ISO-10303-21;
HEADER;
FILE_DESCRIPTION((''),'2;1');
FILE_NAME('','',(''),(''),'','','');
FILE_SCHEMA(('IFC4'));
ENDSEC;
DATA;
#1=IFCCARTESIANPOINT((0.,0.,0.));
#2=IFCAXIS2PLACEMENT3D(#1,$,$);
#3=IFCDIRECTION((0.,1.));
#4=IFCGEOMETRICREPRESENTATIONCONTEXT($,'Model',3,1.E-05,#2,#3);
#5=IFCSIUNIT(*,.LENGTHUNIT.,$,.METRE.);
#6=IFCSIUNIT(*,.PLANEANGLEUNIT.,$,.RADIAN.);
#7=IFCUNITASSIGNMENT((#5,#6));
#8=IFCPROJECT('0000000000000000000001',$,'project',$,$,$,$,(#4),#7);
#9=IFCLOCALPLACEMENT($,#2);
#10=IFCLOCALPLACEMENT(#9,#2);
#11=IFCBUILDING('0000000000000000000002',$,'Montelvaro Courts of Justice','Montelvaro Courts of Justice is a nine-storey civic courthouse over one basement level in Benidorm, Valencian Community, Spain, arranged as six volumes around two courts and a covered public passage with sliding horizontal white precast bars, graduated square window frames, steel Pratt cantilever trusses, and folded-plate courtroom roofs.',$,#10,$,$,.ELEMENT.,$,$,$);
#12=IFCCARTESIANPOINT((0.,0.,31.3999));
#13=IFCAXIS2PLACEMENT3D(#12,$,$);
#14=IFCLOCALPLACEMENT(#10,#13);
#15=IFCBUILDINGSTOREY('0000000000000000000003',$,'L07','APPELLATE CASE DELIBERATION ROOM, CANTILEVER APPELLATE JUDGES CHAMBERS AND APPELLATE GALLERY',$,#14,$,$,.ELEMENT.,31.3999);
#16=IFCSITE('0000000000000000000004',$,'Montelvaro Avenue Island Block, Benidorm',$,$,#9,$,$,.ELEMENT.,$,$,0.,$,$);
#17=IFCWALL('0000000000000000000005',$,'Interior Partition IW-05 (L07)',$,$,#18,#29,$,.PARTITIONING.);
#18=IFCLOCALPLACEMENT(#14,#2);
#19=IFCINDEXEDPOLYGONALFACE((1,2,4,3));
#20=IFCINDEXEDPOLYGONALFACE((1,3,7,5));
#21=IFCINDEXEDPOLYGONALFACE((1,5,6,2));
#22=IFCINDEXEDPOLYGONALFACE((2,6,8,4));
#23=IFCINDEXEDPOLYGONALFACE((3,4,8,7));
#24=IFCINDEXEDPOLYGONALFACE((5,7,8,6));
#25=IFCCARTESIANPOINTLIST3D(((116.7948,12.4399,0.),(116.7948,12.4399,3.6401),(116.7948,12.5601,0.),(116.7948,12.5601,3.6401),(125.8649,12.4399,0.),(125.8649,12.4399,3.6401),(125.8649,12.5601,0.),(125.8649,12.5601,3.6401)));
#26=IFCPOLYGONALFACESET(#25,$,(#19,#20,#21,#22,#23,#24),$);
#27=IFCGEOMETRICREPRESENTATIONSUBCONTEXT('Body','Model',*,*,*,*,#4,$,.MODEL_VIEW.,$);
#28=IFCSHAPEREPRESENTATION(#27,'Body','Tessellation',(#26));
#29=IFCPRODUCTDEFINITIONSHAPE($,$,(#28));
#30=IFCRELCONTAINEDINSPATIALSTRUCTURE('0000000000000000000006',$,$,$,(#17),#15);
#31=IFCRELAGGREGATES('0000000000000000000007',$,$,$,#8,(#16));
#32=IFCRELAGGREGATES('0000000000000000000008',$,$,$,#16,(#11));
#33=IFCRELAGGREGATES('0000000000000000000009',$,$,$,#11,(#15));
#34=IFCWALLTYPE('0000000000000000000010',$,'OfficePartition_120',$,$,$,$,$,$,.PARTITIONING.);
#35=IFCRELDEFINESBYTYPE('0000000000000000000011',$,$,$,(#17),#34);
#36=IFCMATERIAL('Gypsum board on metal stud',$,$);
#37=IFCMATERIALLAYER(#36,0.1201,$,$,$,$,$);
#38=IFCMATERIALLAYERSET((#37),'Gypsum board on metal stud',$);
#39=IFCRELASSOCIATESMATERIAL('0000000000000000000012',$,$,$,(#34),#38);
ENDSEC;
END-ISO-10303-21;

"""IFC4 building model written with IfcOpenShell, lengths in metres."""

from ifc_helpers import new_model, si_unit, direction, frame, frame_2d, origin, place, context, subcontext, project, spatial, rectangle, extrude, material, layer, layer_set, type_object, element, save


model = new_model("IFC4")

# Units and contexts
model_context = context("Model", 3, precision=1e-05, world=origin(), true_north=direction((0.0, 1.0)))
body_context = subcontext(model_context, "Body", "Model", "MODEL_VIEW")
ifc_project = project(units=[si_unit("LENGTHUNIT", "METRE"), si_unit("PLANEANGLEUNIT", "RADIAN")], contexts=[model_context])

# Site, building, storey
site_placement = place(None, origin())
site = spatial("IfcSite", under=ifc_project, at=site_placement, Name="Montelvaro Avenue Island Block, Benidorm", CompositionType="ELEMENT", RefElevation=0.0)
building_placement = place(site_placement, origin())
building = spatial("IfcBuilding", under=site, at=building_placement, Name="Montelvaro Courts of Justice", Description="Montelvaro Courts of Justice is a nine-storey civic courthouse over one basement level in Benidorm, Valencian Community, Spain, arranged as six volumes around two courts and a covered public passage with sliding horizontal white precast bars, graduated square window frames, steel Pratt cantilever trusses, and folded-plate courtroom roofs.", CompositionType="ELEMENT")
storey_placement = place(building_placement, frame((0.0, 0.0, 31.3999)))
storey = spatial("IfcBuildingStorey", under=building, at=storey_placement, Name="L07", Description="APPELLATE CASE DELIBERATION ROOM, CANTILEVER APPELLATE JUDGES CHAMBERS AND APPELLATE GALLERY", CompositionType="ELEMENT", Elevation=31.3999)

# Shared definitions
ifc_material_1 = material(Name="Gypsum board on metal stud")

# Wall
ifc_layer_1 = layer(ifc_material_1, 0.1201)
ifc_layer_set_1 = layer_set([ifc_layer_1], Name="Gypsum board on metal stud")
wall_type_1 = type_object("IfcWallType", Name="OfficePartition_120", PredefinedType="PARTITIONING", material=ifc_layer_set_1)
wall_1_placement = place(storey_placement, frame((125.865, 12.5, 0.0), z_axis=(0.0, 0.0, 1.0), x_axis=(-1.0, 0.0, 0.0)))
element("IfcWall", 1, at=wall_1_placement, inside=storey, type_object=wall_type_1, Name="Interior Partition IW-05 (L07)", PredefinedType="PARTITIONING", context=body_context, shape_type="SweptSolid", body=[
    extrude(rectangle(XDim=9.0701, YDim=0.1201, at=frame_2d((4.5352, 0.0))), origin(), (0.0, 0.0, 1.0), 3.6401),
])

save(model, "model.ifc")
